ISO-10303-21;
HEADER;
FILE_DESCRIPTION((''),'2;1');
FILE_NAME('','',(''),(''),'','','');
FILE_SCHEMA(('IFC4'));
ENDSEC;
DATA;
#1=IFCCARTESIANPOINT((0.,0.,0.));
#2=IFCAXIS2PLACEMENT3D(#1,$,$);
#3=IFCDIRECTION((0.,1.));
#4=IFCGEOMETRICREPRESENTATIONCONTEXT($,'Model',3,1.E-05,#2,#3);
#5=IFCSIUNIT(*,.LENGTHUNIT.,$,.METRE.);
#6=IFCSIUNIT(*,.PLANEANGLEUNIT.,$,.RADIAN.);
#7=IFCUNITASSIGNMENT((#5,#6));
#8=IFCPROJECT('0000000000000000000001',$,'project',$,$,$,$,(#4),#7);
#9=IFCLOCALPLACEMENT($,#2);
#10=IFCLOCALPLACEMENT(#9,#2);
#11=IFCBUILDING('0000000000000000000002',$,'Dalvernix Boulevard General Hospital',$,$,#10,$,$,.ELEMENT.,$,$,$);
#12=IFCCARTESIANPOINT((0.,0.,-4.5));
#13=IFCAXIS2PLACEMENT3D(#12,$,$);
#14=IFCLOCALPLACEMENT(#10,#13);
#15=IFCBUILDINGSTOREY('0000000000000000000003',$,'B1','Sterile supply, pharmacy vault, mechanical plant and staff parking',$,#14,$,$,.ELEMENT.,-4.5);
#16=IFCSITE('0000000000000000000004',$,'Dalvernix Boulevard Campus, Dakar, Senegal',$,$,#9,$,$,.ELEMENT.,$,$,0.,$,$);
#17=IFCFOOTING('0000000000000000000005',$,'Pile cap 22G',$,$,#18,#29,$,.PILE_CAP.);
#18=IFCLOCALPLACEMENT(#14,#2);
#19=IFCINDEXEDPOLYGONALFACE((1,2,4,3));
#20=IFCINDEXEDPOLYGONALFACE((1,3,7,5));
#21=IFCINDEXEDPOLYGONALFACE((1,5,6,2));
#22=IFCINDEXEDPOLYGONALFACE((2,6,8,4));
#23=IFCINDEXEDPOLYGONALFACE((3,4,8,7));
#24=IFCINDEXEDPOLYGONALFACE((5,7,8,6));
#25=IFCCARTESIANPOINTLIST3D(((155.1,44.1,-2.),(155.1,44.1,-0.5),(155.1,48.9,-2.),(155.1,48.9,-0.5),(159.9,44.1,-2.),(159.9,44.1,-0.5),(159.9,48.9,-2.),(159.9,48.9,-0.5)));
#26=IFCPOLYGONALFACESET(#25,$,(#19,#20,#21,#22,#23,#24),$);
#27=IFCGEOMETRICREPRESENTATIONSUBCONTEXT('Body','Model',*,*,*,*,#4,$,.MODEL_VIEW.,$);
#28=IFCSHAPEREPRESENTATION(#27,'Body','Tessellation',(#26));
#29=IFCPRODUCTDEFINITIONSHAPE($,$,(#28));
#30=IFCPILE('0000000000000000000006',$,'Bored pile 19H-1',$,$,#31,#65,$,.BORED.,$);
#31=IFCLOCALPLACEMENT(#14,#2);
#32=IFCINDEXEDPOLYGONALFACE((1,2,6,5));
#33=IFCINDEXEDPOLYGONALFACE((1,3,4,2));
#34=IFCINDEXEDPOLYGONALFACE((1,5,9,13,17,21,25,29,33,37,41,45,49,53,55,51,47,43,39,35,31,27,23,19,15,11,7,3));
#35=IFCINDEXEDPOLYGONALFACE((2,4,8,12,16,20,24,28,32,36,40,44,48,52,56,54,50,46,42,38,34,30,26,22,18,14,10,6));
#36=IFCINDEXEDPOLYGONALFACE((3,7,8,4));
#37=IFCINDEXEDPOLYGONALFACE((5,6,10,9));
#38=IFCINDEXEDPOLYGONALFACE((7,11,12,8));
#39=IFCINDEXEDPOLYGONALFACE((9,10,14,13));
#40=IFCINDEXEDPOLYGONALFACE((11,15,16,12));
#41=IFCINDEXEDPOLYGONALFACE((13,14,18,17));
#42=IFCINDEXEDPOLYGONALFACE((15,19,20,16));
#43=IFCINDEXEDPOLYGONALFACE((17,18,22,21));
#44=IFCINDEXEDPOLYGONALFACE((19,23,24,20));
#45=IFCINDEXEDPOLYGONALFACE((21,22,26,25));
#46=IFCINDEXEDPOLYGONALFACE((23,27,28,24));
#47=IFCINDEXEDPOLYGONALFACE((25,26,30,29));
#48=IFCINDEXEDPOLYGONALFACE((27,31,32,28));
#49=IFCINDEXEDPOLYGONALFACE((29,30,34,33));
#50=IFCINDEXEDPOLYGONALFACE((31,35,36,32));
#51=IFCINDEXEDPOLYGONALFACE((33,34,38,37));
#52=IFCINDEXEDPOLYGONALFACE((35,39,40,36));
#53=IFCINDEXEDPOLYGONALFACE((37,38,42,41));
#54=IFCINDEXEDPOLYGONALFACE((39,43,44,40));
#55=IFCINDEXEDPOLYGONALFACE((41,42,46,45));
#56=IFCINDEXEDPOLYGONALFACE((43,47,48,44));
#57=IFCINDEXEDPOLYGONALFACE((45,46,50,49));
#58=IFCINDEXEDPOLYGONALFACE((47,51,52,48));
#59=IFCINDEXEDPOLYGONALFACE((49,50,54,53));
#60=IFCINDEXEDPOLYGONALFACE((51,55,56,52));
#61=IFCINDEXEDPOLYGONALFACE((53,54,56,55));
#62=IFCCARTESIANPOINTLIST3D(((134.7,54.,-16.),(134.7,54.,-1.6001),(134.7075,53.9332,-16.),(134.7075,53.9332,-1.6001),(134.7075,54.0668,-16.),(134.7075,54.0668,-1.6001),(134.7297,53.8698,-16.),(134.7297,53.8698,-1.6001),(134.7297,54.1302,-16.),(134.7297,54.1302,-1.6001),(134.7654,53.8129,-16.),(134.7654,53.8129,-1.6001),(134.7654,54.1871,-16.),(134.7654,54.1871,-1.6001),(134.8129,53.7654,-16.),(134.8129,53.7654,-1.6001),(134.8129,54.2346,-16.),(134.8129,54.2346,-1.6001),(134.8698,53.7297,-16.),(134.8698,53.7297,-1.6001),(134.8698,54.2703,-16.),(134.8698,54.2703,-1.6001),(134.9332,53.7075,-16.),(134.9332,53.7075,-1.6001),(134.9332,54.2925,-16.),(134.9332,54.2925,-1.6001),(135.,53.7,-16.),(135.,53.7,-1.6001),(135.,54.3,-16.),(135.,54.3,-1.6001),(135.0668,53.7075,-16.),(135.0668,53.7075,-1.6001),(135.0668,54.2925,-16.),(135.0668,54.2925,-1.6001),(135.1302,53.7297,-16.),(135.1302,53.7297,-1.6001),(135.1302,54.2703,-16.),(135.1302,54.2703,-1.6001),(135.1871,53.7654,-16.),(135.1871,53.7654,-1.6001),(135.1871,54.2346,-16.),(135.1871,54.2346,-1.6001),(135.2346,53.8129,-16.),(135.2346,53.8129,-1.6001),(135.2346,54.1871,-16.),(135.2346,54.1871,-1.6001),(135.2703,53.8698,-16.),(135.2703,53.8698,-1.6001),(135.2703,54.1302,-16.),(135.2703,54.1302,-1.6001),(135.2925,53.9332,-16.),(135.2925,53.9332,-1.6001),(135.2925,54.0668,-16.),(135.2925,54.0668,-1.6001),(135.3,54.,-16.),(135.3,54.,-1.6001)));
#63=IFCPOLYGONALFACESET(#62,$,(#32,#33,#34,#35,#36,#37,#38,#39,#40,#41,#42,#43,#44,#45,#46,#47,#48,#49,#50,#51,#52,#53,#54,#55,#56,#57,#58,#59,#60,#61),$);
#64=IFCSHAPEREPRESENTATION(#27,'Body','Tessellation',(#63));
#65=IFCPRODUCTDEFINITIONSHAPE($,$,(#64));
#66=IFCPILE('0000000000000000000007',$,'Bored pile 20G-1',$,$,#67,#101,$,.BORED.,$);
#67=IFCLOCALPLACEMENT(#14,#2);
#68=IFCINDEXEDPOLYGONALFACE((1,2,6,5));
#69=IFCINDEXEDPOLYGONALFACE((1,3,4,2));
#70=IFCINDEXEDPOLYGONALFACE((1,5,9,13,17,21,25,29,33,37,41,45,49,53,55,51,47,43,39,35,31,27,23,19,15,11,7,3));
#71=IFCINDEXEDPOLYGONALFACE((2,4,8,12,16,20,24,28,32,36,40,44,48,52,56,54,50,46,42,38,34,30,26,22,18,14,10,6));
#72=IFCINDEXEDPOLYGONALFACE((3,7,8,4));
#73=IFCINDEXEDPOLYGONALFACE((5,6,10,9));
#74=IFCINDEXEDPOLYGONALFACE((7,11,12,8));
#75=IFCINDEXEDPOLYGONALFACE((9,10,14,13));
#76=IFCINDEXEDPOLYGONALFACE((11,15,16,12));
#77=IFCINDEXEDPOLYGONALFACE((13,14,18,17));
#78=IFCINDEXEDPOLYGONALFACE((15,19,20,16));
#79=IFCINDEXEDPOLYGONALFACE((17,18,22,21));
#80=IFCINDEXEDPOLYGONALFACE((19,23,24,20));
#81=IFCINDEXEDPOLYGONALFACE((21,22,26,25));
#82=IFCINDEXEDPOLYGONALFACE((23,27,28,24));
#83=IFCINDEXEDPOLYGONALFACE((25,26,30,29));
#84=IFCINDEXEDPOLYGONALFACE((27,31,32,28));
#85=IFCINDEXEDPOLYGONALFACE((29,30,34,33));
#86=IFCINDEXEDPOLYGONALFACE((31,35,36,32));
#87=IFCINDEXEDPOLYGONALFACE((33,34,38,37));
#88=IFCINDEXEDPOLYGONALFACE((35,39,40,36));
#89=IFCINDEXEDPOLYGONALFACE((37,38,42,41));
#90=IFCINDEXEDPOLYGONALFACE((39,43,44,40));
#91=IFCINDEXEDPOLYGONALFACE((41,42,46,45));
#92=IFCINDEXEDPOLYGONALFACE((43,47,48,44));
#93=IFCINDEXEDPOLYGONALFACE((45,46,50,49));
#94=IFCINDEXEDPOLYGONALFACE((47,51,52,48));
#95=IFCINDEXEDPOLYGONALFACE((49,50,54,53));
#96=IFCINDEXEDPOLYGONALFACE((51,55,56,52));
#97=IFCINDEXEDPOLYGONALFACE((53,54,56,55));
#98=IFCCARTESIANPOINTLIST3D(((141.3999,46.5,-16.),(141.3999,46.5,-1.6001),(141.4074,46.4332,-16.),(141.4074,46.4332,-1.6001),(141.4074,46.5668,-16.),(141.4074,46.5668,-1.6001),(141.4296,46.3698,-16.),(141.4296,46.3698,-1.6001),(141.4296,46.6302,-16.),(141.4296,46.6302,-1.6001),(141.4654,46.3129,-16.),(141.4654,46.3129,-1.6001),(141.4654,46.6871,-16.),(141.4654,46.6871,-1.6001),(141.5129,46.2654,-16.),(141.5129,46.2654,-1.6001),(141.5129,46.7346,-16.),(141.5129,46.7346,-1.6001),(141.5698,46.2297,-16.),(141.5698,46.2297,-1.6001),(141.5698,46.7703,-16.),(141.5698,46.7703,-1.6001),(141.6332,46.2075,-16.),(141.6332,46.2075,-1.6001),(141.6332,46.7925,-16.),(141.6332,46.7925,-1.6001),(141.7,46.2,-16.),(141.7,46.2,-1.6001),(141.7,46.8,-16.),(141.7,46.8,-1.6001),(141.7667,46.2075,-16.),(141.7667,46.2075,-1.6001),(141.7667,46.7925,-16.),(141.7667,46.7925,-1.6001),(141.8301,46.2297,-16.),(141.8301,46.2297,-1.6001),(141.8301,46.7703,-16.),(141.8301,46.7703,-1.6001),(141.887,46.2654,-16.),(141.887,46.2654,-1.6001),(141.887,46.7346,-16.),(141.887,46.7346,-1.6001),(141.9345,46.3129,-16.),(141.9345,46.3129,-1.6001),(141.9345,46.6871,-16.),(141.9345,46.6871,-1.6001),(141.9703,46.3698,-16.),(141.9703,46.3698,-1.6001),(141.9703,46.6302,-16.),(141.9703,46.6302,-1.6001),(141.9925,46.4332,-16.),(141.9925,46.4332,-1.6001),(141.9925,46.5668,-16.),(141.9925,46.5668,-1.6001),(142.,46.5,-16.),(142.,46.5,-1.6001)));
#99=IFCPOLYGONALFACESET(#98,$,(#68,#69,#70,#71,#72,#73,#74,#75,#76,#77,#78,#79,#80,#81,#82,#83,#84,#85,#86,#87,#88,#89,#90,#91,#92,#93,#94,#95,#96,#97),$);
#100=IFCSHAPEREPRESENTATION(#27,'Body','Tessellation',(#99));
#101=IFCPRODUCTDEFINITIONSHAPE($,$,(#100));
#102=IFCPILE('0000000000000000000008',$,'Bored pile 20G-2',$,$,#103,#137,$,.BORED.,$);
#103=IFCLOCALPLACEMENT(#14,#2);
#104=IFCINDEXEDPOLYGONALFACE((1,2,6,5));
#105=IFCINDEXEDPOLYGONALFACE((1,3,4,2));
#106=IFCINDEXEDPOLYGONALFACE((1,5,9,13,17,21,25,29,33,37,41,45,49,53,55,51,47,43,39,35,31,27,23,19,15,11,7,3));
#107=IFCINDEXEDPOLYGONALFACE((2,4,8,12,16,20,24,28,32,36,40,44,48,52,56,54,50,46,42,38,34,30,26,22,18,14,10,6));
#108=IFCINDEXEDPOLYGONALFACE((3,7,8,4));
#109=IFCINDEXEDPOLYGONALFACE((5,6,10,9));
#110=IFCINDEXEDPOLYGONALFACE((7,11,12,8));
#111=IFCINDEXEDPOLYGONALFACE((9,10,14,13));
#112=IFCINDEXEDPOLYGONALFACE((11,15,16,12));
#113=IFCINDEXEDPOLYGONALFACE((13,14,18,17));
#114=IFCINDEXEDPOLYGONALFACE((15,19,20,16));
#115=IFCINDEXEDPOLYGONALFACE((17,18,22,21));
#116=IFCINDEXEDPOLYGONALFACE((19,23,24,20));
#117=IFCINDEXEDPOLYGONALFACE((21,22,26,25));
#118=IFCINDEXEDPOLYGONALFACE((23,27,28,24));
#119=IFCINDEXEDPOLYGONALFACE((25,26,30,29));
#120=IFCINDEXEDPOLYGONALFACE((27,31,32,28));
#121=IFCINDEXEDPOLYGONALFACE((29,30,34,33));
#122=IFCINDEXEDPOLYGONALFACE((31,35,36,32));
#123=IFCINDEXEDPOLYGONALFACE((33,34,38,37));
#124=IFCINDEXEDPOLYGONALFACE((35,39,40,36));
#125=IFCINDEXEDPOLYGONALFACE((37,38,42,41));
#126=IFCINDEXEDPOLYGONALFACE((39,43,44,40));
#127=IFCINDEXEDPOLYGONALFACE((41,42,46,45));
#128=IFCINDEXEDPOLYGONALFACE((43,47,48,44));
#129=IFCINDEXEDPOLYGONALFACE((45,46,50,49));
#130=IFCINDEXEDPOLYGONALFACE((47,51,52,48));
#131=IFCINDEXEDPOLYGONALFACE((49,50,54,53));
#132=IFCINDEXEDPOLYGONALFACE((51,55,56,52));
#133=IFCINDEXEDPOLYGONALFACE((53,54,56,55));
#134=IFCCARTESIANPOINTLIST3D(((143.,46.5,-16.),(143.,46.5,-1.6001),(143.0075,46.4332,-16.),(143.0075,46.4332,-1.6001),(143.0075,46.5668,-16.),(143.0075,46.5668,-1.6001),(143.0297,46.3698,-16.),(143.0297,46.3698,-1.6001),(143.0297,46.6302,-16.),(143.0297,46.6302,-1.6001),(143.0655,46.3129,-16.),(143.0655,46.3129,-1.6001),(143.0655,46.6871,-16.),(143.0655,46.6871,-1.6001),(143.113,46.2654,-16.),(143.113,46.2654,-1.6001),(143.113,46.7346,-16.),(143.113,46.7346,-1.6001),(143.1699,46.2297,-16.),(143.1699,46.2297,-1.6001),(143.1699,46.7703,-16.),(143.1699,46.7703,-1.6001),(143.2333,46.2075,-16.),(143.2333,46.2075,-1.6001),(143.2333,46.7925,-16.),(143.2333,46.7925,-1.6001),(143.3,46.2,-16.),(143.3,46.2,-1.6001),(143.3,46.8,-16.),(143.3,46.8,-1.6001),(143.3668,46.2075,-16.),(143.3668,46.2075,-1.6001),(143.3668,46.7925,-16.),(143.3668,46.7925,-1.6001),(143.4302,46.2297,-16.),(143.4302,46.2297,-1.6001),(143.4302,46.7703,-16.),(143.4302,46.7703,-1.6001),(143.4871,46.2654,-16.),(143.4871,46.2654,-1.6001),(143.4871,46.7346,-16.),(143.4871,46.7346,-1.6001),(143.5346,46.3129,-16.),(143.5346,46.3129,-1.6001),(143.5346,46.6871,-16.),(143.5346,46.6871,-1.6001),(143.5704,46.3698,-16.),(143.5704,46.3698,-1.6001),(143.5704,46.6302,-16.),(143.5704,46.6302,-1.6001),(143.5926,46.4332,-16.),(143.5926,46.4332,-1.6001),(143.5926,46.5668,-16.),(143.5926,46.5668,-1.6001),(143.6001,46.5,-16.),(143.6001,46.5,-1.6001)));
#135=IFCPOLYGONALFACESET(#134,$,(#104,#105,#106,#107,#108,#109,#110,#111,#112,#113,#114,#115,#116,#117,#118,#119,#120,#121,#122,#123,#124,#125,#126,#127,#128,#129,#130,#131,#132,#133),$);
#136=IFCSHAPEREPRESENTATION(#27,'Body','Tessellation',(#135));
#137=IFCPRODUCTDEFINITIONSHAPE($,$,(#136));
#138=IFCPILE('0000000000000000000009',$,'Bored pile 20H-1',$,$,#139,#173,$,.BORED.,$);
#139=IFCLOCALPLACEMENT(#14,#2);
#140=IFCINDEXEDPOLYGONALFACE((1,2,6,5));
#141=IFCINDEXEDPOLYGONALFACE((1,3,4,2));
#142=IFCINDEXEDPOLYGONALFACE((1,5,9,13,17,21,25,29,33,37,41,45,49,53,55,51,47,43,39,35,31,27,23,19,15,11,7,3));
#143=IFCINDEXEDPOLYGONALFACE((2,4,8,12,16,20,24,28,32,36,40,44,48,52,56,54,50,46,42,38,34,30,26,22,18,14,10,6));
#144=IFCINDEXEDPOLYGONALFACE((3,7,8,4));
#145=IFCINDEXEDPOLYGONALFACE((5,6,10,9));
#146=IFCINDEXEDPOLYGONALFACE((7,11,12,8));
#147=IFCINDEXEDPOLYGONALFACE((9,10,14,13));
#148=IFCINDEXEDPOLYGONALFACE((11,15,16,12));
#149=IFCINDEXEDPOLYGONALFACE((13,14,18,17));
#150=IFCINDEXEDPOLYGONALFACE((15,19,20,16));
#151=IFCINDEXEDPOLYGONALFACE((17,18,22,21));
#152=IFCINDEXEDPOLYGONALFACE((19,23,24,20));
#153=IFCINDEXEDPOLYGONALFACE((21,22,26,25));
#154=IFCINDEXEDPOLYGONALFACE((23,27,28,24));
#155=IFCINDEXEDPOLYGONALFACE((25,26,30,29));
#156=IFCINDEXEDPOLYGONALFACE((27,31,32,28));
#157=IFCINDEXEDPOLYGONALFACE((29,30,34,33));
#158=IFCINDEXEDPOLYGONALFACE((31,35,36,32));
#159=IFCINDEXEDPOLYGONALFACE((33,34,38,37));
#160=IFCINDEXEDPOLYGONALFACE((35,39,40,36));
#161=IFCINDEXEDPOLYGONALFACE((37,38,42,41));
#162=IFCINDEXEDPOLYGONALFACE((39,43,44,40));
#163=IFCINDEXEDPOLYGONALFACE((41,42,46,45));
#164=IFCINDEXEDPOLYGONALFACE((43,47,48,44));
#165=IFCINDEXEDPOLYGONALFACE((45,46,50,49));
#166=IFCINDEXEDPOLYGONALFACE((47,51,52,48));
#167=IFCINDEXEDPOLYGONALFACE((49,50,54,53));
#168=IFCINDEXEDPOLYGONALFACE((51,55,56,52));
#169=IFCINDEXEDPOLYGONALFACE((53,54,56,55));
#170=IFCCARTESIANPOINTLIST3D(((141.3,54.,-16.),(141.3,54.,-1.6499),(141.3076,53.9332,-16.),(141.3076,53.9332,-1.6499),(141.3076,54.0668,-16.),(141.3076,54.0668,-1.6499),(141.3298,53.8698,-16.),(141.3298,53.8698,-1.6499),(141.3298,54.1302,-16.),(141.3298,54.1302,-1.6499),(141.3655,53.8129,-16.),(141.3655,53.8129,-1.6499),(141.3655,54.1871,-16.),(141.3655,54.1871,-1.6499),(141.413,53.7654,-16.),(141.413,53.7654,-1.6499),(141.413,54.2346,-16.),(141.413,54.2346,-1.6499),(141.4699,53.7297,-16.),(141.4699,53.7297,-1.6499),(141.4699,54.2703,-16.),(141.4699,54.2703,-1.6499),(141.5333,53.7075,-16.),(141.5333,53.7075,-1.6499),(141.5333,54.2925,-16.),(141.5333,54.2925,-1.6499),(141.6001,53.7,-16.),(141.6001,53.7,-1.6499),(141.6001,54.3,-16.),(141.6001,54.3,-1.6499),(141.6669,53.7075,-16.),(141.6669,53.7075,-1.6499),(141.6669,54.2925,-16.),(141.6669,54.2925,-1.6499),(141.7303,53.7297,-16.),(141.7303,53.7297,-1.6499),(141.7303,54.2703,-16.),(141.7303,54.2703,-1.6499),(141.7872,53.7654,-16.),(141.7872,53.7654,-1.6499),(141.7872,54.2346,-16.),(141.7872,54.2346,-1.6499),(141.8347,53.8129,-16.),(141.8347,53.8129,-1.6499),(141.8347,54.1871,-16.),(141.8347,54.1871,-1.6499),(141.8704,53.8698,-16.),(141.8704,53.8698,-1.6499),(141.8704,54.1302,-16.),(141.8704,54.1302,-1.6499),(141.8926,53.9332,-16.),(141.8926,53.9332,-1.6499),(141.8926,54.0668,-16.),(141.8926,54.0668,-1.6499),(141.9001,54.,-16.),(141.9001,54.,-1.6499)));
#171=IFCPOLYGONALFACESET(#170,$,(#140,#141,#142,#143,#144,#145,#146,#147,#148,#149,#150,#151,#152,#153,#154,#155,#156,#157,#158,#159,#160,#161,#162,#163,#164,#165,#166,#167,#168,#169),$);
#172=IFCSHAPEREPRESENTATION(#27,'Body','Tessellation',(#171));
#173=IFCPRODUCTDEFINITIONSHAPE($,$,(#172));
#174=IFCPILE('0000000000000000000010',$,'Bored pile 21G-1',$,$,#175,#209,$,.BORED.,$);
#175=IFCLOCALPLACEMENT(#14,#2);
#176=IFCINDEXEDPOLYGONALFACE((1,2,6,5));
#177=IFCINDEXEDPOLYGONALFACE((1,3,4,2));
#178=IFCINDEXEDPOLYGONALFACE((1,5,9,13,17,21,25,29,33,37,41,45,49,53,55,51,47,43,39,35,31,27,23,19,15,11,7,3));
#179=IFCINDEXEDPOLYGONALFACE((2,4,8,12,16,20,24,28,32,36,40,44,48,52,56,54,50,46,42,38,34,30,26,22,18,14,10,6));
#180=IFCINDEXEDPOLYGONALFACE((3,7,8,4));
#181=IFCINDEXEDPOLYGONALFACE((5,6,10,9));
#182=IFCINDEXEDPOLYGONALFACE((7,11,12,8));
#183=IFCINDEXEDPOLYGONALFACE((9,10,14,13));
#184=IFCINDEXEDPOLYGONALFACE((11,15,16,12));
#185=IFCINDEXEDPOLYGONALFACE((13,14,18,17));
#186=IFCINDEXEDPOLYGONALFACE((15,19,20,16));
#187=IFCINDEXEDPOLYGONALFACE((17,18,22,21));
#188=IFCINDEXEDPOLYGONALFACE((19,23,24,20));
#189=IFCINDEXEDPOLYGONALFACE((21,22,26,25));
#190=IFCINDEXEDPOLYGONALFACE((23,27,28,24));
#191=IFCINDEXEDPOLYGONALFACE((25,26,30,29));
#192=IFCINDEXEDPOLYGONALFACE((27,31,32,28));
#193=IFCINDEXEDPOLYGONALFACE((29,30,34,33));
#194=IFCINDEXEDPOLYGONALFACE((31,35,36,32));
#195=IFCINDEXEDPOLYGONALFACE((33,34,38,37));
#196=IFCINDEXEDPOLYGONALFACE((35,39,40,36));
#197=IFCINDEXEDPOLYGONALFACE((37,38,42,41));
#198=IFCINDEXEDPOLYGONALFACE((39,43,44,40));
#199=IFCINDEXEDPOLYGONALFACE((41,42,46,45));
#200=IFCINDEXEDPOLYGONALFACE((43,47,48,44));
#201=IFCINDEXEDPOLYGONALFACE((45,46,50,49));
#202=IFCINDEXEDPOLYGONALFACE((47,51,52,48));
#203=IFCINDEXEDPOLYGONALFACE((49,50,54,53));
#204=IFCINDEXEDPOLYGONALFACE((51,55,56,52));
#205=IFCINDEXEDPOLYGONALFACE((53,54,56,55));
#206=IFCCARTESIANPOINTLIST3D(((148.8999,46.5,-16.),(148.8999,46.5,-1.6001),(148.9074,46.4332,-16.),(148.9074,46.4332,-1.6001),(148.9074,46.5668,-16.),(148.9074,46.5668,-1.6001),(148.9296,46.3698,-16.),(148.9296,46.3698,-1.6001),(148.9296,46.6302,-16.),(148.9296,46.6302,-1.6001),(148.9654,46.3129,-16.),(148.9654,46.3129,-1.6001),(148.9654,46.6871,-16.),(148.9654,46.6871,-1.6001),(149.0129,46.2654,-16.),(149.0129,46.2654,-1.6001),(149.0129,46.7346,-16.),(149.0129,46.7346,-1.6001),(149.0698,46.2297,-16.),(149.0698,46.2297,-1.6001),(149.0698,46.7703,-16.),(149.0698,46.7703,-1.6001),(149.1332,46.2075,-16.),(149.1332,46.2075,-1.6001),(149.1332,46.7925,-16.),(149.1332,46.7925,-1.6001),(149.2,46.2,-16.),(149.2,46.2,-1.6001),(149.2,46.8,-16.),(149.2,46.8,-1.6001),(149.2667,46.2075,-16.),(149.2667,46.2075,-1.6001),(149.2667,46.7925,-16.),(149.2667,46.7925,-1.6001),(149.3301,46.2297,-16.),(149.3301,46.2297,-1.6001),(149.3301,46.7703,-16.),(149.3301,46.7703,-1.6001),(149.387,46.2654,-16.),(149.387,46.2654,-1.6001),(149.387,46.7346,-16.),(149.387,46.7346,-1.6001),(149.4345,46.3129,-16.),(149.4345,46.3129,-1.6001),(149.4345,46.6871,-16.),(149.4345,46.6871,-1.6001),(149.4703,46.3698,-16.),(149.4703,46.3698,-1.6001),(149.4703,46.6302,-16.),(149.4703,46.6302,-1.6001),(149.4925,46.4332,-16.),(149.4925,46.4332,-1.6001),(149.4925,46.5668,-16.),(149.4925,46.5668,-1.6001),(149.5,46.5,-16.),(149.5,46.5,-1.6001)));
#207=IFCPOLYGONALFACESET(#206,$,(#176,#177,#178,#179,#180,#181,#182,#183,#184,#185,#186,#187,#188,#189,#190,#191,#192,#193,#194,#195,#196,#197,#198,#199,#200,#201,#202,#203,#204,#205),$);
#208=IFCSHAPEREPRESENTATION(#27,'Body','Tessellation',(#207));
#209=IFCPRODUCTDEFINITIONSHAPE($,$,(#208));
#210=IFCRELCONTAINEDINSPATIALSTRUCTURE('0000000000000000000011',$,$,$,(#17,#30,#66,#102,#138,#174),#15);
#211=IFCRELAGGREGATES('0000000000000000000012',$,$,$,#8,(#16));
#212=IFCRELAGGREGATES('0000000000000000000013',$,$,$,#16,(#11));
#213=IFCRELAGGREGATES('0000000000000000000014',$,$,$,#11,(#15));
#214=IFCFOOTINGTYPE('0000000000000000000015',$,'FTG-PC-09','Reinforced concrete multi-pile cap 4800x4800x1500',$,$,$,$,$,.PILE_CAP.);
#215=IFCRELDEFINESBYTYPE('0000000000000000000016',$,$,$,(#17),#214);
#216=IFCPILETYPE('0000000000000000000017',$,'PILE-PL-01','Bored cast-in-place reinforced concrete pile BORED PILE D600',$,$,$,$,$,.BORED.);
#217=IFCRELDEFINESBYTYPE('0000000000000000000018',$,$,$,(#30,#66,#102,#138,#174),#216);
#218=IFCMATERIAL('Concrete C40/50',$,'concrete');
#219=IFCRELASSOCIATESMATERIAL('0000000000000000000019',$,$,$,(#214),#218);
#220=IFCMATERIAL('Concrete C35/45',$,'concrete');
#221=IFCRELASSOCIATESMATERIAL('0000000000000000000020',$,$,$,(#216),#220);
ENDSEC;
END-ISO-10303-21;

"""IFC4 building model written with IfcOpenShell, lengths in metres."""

from ifc_helpers import new_model, si_unit, direction, frame, origin, origin_2d, place, context, subcontext, project, spatial, rectangle, circle, extrude, material, material_profile, profile_set, type_object, element, save


model = new_model("IFC4")

# Units and contexts
model_context = context("Model", 3, precision=1e-05, world=origin(), true_north=direction((0.0, 1.0)))
body_context = subcontext(model_context, "Body", "Model", "MODEL_VIEW")
ifc_project = project(units=[si_unit("LENGTHUNIT", "METRE"), si_unit("PLANEANGLEUNIT", "RADIAN")], contexts=[model_context])

# Site, building, storey
site_placement = place(None, origin())
site = spatial("IfcSite", under=ifc_project, at=site_placement, Name="Dalvernix Boulevard Campus, Dakar, Senegal", CompositionType="ELEMENT", RefElevation=0.0)
building_placement = place(site_placement, origin())
building = spatial("IfcBuilding", under=site, at=building_placement, Name="Dalvernix Boulevard General Hospital", CompositionType="ELEMENT")
storey_placement = place(building_placement, frame((0.0, 0.0, -4.5)))
storey = spatial("IfcBuildingStorey", under=building, at=storey_placement, Name="B1", Description="Sterile supply, pharmacy vault, mechanical plant and staff parking", CompositionType="ELEMENT", Elevation=-4.5)

# Footing
ifc_material_1 = material(Name="Concrete C35/45", Category="concrete")
ifc_material_2 = material(Name="Concrete C40/50", Category="concrete")
footing_type_1 = type_object("IfcFootingType", Name="FTG-PC-09", Description="Reinforced concrete multi-pile cap 4800x4800x1500", PredefinedType="PILE_CAP", material=ifc_material_2)
footing_1_placement = place(storey_placement, frame((157.5, 46.5, -2.0), z_axis=(0.0, 0.0, 1.0), x_axis=(1.0, 0.0, 0.0)))
element("IfcFooting", 1, at=footing_1_placement, inside=storey, type_object=footing_type_1, Name="Pile cap 22G", PredefinedType="PILE_CAP", context=body_context, shape_type="SweptSolid", body=[
    extrude(rectangle(XDim=4.8, YDim=4.8, at=origin_2d()), origin(), (0.0, 0.0, 1.0), 1.5),
])

# Piles
ifc_material_profile_1 = material_profile(ifc_material_1, circle(Radius=0.3, at=origin_2d()), Name="BORED PILE D600")
ifc_profile_set_1 = profile_set([ifc_material_profile_1], Name="Concrete C35/45")
pile_type_1 = type_object("IfcPileType", Name="PILE-PL-01", Description="Bored cast-in-place reinforced concrete pile BORED PILE D600", PredefinedType="BORED", material=ifc_profile_set_1)
for number, where, z_axis, x_axis, name in (
    (2, (135.0, 54.0, -1.6001), (0.0, 0.0, -1.0), (1.0, 0.0, 0.0), "Bored pile 19H-1"),
    (3, (141.7, 46.5, -1.6001), (0.0, 0.0, -1.0), (1.0, 0.0, 0.0), "Bored pile 20G-1"),
    (4, (143.3, 46.5, -1.6001), (0.0, 0.0, -1.0), (1.0, 0.0, 0.0), "Bored pile 20G-2"),
):
    element("IfcPile", number, at=place(storey_placement, frame(where, z_axis=z_axis, x_axis=x_axis)), inside=storey, type_object=pile_type_1, Name=name, PredefinedType="BORED", context=body_context, shape_type="SweptSolid", body=[
        extrude(circle(Radius=0.3, at=origin_2d()), origin(), (0.0, 0.0, 1.0), 14.3999),
    ])
pile_placement = place(storey_placement, frame((141.6001, 54.0, -1.6499), z_axis=(0.0, 0.0, -1.0), x_axis=(1.0, 0.0, 0.0)))
element("IfcPile", 5, at=pile_placement, inside=storey, type_object=pile_type_1, Name="Bored pile 20H-1", PredefinedType="BORED", context=body_context, shape_type="SweptSolid", body=[
    extrude(circle(Radius=0.3, at=origin_2d()), origin(), (0.0, 0.0, 1.0), 14.3501),
])
for number, where, z_axis, x_axis, name in (
    (6, (149.2, 46.5, -1.6001), (0.0, 0.0, -1.0), (1.0, 0.0, 0.0), "Bored pile 21G-1"),
):
    element("IfcPile", number, at=place(storey_placement, frame(where, z_axis=z_axis, x_axis=x_axis)), inside=storey, type_object=pile_type_1, Name=name, PredefinedType="BORED", context=body_context, shape_type="SweptSolid", body=[
        extrude(circle(Radius=0.3, at=origin_2d()), origin(), (0.0, 0.0, 1.0), 14.3999),
    ])

save(model, "model.ifc")
